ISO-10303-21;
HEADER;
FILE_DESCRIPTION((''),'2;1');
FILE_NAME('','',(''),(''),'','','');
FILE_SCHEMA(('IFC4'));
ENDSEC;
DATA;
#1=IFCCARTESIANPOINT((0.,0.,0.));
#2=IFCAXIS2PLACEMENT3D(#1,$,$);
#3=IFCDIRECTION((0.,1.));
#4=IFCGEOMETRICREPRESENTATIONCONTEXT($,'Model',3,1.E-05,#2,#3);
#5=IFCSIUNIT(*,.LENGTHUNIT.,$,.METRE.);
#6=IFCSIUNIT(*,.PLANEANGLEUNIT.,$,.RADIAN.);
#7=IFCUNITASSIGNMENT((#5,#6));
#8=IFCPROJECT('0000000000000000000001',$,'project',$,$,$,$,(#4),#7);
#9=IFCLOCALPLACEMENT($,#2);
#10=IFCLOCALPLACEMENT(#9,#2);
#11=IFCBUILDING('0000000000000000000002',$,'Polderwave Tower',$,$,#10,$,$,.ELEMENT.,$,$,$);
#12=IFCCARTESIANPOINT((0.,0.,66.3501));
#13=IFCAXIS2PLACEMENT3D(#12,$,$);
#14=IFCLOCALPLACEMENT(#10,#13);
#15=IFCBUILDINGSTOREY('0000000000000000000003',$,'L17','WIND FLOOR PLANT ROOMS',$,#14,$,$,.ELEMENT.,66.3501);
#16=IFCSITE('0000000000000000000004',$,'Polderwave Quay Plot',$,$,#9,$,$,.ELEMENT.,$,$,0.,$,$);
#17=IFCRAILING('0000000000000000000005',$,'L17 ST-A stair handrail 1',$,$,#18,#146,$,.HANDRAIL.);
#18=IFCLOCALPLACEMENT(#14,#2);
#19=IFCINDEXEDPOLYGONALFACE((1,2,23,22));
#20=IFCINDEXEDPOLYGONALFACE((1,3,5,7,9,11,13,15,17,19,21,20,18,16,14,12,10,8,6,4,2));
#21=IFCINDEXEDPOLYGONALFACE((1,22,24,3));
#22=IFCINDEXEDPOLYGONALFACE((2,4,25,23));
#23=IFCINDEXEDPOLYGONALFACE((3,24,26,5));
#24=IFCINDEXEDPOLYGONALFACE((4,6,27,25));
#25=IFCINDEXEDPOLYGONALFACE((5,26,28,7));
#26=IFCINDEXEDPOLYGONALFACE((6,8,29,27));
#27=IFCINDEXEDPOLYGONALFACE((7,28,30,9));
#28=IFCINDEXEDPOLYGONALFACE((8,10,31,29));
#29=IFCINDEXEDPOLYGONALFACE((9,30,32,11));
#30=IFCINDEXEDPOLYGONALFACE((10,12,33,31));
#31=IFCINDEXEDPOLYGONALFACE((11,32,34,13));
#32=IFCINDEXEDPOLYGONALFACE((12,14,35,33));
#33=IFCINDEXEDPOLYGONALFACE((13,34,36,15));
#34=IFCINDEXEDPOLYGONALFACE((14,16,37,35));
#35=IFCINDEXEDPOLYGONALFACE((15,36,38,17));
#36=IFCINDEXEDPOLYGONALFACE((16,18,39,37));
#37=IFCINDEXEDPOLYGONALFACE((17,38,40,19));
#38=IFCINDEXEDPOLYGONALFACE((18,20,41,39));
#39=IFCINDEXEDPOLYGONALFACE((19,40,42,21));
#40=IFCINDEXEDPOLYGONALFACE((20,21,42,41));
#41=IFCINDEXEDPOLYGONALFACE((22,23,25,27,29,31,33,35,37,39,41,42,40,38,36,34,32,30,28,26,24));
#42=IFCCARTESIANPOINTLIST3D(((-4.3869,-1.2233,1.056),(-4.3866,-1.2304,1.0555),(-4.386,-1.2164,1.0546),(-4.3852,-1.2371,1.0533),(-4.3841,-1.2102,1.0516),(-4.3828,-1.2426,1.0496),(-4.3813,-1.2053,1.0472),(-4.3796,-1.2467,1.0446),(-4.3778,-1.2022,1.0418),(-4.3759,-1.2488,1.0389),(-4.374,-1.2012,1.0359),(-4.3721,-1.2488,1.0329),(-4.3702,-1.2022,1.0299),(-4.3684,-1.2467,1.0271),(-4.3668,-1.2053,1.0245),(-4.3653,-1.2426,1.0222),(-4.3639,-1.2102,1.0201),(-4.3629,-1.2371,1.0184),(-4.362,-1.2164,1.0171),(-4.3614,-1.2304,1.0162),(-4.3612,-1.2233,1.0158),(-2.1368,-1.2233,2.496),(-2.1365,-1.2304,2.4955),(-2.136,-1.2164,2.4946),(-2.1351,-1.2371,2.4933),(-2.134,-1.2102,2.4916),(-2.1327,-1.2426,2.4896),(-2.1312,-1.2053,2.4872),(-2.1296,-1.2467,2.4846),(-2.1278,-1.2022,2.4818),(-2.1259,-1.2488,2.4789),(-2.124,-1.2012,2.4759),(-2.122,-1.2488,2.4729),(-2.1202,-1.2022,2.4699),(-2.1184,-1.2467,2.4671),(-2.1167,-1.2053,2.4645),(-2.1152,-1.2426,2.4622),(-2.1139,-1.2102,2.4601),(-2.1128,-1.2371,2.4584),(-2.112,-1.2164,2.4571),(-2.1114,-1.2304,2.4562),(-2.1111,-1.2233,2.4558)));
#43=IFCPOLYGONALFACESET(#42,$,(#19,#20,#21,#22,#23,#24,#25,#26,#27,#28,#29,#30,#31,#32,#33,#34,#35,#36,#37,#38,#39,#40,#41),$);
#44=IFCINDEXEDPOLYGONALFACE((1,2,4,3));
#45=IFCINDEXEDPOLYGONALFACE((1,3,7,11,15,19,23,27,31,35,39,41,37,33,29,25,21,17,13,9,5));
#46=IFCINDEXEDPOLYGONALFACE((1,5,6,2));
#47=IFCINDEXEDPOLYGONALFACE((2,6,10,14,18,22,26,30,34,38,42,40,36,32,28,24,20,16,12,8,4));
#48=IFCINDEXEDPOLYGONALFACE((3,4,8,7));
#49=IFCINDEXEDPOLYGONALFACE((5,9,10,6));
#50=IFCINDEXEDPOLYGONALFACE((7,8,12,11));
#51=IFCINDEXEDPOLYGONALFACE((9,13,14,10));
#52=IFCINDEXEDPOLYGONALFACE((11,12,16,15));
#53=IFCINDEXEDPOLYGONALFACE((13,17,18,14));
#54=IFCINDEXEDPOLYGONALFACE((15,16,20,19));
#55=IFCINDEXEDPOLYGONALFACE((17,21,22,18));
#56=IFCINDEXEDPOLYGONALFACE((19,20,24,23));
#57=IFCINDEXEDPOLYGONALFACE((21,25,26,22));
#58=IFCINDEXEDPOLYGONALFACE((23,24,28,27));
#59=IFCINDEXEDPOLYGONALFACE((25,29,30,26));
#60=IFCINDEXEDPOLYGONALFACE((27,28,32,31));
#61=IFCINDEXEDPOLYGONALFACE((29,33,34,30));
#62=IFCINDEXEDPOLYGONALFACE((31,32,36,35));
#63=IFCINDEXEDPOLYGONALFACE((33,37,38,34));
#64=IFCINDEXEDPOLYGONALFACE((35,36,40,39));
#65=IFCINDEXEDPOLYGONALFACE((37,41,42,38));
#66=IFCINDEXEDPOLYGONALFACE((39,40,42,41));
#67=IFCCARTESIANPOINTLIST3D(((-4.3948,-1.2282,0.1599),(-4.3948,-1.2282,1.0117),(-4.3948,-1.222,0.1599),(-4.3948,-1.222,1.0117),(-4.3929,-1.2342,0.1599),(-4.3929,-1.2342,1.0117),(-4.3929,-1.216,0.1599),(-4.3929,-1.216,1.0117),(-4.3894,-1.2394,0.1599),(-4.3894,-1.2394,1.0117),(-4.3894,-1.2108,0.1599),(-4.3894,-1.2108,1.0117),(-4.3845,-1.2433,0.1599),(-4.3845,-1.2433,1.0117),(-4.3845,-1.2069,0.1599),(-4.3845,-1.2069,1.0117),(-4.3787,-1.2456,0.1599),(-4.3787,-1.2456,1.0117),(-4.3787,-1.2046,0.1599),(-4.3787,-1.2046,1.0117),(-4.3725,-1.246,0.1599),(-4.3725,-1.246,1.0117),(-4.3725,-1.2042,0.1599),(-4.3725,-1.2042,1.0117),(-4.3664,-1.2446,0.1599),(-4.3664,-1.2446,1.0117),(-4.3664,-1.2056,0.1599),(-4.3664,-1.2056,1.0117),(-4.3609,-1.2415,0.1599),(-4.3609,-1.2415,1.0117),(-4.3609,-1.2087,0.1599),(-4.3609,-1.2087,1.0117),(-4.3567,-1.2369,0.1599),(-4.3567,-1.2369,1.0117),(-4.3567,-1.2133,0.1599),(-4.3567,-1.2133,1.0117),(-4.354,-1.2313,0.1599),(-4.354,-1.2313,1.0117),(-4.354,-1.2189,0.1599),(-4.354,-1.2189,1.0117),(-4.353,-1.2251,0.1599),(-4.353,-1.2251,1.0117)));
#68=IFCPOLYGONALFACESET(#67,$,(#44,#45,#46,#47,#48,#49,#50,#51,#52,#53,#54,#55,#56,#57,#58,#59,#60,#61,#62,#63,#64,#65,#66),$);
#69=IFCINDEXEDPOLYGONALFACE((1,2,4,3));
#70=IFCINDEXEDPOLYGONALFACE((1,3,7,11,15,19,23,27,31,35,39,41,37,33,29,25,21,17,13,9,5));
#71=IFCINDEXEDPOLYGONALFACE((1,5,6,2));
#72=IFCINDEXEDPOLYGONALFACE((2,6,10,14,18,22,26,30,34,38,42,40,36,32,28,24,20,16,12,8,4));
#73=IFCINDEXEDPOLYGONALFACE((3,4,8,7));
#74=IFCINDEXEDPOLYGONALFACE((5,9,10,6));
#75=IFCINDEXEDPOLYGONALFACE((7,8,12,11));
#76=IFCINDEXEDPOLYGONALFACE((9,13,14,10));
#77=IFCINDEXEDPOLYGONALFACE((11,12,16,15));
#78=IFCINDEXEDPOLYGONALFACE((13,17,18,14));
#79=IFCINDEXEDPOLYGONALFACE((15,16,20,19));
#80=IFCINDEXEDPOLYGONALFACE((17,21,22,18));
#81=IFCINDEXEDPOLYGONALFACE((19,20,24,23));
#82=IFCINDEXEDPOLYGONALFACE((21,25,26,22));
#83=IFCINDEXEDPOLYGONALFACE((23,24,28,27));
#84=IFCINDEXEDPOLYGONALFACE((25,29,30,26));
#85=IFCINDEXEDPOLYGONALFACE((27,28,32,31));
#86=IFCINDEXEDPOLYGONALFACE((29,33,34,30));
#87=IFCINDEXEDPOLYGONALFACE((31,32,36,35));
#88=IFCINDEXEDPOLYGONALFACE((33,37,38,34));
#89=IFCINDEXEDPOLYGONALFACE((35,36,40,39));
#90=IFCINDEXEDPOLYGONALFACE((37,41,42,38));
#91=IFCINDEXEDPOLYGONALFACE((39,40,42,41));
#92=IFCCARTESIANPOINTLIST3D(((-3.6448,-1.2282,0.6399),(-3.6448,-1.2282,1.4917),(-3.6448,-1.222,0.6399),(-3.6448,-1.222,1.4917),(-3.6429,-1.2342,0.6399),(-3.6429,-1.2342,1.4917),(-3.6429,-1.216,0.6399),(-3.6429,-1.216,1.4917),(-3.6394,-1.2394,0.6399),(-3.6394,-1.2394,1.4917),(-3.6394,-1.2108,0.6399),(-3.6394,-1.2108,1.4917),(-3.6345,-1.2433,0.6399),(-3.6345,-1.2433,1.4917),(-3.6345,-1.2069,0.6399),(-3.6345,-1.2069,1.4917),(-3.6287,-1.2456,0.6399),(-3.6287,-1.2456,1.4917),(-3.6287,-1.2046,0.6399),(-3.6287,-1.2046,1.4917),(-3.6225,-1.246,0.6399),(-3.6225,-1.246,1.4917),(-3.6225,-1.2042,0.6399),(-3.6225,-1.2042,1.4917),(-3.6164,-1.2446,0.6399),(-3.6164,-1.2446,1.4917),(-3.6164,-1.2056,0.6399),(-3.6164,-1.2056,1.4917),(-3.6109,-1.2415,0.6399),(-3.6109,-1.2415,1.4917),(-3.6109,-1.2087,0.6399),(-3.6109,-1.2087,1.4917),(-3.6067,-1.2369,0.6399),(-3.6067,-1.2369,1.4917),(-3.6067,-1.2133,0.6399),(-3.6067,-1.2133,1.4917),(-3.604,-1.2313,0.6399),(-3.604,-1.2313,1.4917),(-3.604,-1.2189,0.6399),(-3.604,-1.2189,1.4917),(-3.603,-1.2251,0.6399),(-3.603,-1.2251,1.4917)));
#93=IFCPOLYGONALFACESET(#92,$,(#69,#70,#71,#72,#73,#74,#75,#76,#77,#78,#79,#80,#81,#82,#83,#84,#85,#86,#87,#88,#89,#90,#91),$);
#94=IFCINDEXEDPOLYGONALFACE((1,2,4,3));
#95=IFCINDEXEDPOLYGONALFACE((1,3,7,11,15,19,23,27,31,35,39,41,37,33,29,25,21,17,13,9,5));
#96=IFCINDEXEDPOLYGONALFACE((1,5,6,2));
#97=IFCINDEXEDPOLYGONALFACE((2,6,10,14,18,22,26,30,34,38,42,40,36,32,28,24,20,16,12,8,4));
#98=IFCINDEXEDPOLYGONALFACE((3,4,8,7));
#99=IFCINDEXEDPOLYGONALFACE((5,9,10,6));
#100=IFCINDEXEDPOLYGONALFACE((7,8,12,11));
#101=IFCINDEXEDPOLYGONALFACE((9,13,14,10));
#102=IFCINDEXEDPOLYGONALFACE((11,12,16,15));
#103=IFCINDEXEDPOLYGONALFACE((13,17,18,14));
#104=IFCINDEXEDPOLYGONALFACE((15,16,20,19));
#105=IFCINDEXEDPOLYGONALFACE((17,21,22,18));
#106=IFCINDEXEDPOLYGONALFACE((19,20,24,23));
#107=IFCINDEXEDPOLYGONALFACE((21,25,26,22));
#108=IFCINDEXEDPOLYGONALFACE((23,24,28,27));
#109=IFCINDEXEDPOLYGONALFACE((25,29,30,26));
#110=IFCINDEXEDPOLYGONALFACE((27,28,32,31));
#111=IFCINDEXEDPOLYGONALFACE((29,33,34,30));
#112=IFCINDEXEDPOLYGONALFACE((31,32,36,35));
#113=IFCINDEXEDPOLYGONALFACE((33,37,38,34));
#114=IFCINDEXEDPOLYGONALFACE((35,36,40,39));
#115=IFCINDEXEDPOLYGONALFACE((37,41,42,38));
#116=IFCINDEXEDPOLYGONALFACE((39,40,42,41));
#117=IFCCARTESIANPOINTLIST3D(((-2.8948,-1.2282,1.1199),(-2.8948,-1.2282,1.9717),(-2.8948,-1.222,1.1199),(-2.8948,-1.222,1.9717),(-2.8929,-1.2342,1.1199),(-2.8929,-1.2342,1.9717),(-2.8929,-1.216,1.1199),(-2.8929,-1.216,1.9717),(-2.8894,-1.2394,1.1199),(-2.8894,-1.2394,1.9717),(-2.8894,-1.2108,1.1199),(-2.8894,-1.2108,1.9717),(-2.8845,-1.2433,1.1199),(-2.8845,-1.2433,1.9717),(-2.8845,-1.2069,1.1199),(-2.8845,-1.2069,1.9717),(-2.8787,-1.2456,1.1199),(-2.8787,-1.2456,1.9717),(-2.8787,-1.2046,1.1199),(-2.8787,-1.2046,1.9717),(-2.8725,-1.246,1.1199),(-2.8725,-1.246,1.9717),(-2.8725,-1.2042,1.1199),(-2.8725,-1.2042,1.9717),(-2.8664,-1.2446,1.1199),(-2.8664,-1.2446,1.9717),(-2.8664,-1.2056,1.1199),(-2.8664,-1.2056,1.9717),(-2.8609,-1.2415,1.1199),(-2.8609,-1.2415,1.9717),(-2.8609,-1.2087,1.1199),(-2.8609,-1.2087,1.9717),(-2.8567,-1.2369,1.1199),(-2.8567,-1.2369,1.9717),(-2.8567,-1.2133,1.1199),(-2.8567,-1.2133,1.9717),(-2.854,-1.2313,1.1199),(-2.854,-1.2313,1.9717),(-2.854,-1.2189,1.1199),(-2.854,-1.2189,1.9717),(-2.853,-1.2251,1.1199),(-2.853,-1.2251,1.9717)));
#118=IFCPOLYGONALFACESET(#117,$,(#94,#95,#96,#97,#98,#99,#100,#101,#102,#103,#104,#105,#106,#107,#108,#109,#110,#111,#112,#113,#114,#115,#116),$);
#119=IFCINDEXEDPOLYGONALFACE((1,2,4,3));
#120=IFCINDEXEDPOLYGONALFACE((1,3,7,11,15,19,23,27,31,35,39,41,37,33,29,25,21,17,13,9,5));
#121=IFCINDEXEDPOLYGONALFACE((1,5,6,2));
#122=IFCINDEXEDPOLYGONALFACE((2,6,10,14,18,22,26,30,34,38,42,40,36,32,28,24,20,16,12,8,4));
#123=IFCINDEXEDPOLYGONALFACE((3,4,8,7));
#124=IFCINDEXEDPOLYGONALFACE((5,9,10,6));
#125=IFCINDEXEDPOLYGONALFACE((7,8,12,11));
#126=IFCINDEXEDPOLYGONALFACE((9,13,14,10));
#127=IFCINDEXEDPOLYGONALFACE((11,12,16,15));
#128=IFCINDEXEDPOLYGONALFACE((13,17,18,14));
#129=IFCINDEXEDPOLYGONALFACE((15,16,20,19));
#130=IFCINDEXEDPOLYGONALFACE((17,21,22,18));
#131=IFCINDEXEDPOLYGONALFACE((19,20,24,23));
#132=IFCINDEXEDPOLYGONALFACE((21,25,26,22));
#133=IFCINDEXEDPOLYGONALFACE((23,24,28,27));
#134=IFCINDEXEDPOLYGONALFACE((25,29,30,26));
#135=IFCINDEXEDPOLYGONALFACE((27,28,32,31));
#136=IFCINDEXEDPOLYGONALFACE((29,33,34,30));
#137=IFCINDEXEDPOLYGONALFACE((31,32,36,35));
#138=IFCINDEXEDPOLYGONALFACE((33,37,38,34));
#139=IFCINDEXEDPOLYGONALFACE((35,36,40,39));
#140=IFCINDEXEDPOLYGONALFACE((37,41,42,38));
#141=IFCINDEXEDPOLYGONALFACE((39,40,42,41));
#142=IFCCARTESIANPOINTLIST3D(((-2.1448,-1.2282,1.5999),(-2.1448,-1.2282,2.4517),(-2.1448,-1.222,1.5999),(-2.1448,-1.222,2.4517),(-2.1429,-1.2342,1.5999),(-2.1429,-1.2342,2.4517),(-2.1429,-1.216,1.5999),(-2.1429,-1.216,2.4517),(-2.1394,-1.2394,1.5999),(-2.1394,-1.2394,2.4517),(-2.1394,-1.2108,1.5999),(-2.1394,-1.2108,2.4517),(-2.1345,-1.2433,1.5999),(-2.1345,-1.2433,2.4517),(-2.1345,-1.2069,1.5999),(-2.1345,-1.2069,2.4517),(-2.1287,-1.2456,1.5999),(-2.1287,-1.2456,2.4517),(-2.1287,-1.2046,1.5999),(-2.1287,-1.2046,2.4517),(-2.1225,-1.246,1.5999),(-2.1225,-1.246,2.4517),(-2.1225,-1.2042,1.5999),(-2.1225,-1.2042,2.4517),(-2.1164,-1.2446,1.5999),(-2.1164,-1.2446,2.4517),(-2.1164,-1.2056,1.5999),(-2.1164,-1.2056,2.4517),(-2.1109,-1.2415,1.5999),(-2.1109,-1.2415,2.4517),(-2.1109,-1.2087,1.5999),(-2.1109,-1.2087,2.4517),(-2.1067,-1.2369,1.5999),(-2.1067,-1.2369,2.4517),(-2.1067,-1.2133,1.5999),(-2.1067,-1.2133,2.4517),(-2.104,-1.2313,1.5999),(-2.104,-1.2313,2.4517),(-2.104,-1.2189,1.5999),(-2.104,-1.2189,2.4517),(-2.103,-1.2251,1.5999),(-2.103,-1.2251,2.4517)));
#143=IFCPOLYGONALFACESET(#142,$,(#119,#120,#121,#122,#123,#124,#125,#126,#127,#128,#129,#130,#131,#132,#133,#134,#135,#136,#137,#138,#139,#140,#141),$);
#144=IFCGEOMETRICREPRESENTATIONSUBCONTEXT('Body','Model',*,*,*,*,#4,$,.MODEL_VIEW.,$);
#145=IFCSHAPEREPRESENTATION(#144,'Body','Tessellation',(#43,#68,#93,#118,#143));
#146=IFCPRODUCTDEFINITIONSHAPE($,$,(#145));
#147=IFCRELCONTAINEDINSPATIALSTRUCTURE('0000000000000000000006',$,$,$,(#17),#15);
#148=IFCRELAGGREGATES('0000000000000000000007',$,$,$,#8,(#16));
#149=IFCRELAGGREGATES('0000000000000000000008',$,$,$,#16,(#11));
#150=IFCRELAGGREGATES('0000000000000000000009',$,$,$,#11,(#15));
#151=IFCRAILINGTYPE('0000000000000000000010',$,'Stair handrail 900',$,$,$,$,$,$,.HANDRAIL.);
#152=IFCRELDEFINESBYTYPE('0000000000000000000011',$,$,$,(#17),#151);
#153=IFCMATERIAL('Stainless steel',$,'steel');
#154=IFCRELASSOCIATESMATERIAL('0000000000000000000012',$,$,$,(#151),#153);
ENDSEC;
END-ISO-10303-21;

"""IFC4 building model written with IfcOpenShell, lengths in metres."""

from ifc_helpers import new_model, si_unit, direction, frame, origin, origin_2d, place, context, subcontext, project, spatial, circle, extrude, material, type_object, element, save


model = new_model("IFC4")

# Units and contexts
model_context = context("Model", 3, precision=1e-05, world=origin(), true_north=direction((0.0, 1.0)))
body_context = subcontext(model_context, "Body", "Model", "MODEL_VIEW")
ifc_project = project(units=[si_unit("LENGTHUNIT", "METRE"), si_unit("PLANEANGLEUNIT", "RADIAN")], contexts=[model_context])

# Site, building, storey
site_placement = place(None, origin())
site = spatial("IfcSite", under=ifc_project, at=site_placement, Name="Polderwave Quay Plot", CompositionType="ELEMENT", RefElevation=0.0)
building_placement = place(site_placement, origin())
building = spatial("IfcBuilding", under=site, at=building_placement, Name="Polderwave Tower", CompositionType="ELEMENT")
storey_placement = place(building_placement, frame((0.0, 0.0, 66.3501)))
storey = spatial("IfcBuildingStorey", under=building, at=storey_placement, Name="L17", Description="WIND FLOOR PLANT ROOMS", CompositionType="ELEMENT", Elevation=66.3501)

# Railing
ifc_material_1 = material(Name="Stainless steel", Category="steel")
railing_type_1 = type_object("IfcRailingType", Name="Stair handrail 900", PredefinedType="HANDRAIL", material=ifc_material_1)
for number, where, name in (
    (1, (-4.374, -1.2251, 0.1599), "L17 ST-A stair handrail 1"),
):
    element("IfcRailing", number, at=place(storey_placement, frame(where)), inside=storey, type_object=railing_type_1, Name=name, PredefinedType="HANDRAIL", context=body_context, shape_type="SweptSolid", body=[
        extrude(circle(Radius=0.0239, at=origin_2d()), frame((0.0, 0.0, 0.876), z_axis=(0.842281, 0.0, 0.539038), x_axis=(0.0, 1.0, 0.0)), (0.0, 0.0, 1.0), 2.6714),
        extrude(circle(Radius=0.021, at=origin_2d()), origin(), (0.0, 0.0, 1.0), 0.8518),
        extrude(circle(Radius=0.021, at=origin_2d()), frame((0.75, 0.0, 0.48)), (0.0, 0.0, 1.0), 0.8518),
        extrude(circle(Radius=0.021, at=origin_2d()), frame((1.5, 0.0, 0.96)), (0.0, 0.0, 1.0), 0.8518),
        extrude(circle(Radius=0.021, at=origin_2d()), frame((2.25, 0.0, 1.4399)), (0.0, 0.0, 1.0), 0.8518),
    ])

save(model, "model.ifc")
